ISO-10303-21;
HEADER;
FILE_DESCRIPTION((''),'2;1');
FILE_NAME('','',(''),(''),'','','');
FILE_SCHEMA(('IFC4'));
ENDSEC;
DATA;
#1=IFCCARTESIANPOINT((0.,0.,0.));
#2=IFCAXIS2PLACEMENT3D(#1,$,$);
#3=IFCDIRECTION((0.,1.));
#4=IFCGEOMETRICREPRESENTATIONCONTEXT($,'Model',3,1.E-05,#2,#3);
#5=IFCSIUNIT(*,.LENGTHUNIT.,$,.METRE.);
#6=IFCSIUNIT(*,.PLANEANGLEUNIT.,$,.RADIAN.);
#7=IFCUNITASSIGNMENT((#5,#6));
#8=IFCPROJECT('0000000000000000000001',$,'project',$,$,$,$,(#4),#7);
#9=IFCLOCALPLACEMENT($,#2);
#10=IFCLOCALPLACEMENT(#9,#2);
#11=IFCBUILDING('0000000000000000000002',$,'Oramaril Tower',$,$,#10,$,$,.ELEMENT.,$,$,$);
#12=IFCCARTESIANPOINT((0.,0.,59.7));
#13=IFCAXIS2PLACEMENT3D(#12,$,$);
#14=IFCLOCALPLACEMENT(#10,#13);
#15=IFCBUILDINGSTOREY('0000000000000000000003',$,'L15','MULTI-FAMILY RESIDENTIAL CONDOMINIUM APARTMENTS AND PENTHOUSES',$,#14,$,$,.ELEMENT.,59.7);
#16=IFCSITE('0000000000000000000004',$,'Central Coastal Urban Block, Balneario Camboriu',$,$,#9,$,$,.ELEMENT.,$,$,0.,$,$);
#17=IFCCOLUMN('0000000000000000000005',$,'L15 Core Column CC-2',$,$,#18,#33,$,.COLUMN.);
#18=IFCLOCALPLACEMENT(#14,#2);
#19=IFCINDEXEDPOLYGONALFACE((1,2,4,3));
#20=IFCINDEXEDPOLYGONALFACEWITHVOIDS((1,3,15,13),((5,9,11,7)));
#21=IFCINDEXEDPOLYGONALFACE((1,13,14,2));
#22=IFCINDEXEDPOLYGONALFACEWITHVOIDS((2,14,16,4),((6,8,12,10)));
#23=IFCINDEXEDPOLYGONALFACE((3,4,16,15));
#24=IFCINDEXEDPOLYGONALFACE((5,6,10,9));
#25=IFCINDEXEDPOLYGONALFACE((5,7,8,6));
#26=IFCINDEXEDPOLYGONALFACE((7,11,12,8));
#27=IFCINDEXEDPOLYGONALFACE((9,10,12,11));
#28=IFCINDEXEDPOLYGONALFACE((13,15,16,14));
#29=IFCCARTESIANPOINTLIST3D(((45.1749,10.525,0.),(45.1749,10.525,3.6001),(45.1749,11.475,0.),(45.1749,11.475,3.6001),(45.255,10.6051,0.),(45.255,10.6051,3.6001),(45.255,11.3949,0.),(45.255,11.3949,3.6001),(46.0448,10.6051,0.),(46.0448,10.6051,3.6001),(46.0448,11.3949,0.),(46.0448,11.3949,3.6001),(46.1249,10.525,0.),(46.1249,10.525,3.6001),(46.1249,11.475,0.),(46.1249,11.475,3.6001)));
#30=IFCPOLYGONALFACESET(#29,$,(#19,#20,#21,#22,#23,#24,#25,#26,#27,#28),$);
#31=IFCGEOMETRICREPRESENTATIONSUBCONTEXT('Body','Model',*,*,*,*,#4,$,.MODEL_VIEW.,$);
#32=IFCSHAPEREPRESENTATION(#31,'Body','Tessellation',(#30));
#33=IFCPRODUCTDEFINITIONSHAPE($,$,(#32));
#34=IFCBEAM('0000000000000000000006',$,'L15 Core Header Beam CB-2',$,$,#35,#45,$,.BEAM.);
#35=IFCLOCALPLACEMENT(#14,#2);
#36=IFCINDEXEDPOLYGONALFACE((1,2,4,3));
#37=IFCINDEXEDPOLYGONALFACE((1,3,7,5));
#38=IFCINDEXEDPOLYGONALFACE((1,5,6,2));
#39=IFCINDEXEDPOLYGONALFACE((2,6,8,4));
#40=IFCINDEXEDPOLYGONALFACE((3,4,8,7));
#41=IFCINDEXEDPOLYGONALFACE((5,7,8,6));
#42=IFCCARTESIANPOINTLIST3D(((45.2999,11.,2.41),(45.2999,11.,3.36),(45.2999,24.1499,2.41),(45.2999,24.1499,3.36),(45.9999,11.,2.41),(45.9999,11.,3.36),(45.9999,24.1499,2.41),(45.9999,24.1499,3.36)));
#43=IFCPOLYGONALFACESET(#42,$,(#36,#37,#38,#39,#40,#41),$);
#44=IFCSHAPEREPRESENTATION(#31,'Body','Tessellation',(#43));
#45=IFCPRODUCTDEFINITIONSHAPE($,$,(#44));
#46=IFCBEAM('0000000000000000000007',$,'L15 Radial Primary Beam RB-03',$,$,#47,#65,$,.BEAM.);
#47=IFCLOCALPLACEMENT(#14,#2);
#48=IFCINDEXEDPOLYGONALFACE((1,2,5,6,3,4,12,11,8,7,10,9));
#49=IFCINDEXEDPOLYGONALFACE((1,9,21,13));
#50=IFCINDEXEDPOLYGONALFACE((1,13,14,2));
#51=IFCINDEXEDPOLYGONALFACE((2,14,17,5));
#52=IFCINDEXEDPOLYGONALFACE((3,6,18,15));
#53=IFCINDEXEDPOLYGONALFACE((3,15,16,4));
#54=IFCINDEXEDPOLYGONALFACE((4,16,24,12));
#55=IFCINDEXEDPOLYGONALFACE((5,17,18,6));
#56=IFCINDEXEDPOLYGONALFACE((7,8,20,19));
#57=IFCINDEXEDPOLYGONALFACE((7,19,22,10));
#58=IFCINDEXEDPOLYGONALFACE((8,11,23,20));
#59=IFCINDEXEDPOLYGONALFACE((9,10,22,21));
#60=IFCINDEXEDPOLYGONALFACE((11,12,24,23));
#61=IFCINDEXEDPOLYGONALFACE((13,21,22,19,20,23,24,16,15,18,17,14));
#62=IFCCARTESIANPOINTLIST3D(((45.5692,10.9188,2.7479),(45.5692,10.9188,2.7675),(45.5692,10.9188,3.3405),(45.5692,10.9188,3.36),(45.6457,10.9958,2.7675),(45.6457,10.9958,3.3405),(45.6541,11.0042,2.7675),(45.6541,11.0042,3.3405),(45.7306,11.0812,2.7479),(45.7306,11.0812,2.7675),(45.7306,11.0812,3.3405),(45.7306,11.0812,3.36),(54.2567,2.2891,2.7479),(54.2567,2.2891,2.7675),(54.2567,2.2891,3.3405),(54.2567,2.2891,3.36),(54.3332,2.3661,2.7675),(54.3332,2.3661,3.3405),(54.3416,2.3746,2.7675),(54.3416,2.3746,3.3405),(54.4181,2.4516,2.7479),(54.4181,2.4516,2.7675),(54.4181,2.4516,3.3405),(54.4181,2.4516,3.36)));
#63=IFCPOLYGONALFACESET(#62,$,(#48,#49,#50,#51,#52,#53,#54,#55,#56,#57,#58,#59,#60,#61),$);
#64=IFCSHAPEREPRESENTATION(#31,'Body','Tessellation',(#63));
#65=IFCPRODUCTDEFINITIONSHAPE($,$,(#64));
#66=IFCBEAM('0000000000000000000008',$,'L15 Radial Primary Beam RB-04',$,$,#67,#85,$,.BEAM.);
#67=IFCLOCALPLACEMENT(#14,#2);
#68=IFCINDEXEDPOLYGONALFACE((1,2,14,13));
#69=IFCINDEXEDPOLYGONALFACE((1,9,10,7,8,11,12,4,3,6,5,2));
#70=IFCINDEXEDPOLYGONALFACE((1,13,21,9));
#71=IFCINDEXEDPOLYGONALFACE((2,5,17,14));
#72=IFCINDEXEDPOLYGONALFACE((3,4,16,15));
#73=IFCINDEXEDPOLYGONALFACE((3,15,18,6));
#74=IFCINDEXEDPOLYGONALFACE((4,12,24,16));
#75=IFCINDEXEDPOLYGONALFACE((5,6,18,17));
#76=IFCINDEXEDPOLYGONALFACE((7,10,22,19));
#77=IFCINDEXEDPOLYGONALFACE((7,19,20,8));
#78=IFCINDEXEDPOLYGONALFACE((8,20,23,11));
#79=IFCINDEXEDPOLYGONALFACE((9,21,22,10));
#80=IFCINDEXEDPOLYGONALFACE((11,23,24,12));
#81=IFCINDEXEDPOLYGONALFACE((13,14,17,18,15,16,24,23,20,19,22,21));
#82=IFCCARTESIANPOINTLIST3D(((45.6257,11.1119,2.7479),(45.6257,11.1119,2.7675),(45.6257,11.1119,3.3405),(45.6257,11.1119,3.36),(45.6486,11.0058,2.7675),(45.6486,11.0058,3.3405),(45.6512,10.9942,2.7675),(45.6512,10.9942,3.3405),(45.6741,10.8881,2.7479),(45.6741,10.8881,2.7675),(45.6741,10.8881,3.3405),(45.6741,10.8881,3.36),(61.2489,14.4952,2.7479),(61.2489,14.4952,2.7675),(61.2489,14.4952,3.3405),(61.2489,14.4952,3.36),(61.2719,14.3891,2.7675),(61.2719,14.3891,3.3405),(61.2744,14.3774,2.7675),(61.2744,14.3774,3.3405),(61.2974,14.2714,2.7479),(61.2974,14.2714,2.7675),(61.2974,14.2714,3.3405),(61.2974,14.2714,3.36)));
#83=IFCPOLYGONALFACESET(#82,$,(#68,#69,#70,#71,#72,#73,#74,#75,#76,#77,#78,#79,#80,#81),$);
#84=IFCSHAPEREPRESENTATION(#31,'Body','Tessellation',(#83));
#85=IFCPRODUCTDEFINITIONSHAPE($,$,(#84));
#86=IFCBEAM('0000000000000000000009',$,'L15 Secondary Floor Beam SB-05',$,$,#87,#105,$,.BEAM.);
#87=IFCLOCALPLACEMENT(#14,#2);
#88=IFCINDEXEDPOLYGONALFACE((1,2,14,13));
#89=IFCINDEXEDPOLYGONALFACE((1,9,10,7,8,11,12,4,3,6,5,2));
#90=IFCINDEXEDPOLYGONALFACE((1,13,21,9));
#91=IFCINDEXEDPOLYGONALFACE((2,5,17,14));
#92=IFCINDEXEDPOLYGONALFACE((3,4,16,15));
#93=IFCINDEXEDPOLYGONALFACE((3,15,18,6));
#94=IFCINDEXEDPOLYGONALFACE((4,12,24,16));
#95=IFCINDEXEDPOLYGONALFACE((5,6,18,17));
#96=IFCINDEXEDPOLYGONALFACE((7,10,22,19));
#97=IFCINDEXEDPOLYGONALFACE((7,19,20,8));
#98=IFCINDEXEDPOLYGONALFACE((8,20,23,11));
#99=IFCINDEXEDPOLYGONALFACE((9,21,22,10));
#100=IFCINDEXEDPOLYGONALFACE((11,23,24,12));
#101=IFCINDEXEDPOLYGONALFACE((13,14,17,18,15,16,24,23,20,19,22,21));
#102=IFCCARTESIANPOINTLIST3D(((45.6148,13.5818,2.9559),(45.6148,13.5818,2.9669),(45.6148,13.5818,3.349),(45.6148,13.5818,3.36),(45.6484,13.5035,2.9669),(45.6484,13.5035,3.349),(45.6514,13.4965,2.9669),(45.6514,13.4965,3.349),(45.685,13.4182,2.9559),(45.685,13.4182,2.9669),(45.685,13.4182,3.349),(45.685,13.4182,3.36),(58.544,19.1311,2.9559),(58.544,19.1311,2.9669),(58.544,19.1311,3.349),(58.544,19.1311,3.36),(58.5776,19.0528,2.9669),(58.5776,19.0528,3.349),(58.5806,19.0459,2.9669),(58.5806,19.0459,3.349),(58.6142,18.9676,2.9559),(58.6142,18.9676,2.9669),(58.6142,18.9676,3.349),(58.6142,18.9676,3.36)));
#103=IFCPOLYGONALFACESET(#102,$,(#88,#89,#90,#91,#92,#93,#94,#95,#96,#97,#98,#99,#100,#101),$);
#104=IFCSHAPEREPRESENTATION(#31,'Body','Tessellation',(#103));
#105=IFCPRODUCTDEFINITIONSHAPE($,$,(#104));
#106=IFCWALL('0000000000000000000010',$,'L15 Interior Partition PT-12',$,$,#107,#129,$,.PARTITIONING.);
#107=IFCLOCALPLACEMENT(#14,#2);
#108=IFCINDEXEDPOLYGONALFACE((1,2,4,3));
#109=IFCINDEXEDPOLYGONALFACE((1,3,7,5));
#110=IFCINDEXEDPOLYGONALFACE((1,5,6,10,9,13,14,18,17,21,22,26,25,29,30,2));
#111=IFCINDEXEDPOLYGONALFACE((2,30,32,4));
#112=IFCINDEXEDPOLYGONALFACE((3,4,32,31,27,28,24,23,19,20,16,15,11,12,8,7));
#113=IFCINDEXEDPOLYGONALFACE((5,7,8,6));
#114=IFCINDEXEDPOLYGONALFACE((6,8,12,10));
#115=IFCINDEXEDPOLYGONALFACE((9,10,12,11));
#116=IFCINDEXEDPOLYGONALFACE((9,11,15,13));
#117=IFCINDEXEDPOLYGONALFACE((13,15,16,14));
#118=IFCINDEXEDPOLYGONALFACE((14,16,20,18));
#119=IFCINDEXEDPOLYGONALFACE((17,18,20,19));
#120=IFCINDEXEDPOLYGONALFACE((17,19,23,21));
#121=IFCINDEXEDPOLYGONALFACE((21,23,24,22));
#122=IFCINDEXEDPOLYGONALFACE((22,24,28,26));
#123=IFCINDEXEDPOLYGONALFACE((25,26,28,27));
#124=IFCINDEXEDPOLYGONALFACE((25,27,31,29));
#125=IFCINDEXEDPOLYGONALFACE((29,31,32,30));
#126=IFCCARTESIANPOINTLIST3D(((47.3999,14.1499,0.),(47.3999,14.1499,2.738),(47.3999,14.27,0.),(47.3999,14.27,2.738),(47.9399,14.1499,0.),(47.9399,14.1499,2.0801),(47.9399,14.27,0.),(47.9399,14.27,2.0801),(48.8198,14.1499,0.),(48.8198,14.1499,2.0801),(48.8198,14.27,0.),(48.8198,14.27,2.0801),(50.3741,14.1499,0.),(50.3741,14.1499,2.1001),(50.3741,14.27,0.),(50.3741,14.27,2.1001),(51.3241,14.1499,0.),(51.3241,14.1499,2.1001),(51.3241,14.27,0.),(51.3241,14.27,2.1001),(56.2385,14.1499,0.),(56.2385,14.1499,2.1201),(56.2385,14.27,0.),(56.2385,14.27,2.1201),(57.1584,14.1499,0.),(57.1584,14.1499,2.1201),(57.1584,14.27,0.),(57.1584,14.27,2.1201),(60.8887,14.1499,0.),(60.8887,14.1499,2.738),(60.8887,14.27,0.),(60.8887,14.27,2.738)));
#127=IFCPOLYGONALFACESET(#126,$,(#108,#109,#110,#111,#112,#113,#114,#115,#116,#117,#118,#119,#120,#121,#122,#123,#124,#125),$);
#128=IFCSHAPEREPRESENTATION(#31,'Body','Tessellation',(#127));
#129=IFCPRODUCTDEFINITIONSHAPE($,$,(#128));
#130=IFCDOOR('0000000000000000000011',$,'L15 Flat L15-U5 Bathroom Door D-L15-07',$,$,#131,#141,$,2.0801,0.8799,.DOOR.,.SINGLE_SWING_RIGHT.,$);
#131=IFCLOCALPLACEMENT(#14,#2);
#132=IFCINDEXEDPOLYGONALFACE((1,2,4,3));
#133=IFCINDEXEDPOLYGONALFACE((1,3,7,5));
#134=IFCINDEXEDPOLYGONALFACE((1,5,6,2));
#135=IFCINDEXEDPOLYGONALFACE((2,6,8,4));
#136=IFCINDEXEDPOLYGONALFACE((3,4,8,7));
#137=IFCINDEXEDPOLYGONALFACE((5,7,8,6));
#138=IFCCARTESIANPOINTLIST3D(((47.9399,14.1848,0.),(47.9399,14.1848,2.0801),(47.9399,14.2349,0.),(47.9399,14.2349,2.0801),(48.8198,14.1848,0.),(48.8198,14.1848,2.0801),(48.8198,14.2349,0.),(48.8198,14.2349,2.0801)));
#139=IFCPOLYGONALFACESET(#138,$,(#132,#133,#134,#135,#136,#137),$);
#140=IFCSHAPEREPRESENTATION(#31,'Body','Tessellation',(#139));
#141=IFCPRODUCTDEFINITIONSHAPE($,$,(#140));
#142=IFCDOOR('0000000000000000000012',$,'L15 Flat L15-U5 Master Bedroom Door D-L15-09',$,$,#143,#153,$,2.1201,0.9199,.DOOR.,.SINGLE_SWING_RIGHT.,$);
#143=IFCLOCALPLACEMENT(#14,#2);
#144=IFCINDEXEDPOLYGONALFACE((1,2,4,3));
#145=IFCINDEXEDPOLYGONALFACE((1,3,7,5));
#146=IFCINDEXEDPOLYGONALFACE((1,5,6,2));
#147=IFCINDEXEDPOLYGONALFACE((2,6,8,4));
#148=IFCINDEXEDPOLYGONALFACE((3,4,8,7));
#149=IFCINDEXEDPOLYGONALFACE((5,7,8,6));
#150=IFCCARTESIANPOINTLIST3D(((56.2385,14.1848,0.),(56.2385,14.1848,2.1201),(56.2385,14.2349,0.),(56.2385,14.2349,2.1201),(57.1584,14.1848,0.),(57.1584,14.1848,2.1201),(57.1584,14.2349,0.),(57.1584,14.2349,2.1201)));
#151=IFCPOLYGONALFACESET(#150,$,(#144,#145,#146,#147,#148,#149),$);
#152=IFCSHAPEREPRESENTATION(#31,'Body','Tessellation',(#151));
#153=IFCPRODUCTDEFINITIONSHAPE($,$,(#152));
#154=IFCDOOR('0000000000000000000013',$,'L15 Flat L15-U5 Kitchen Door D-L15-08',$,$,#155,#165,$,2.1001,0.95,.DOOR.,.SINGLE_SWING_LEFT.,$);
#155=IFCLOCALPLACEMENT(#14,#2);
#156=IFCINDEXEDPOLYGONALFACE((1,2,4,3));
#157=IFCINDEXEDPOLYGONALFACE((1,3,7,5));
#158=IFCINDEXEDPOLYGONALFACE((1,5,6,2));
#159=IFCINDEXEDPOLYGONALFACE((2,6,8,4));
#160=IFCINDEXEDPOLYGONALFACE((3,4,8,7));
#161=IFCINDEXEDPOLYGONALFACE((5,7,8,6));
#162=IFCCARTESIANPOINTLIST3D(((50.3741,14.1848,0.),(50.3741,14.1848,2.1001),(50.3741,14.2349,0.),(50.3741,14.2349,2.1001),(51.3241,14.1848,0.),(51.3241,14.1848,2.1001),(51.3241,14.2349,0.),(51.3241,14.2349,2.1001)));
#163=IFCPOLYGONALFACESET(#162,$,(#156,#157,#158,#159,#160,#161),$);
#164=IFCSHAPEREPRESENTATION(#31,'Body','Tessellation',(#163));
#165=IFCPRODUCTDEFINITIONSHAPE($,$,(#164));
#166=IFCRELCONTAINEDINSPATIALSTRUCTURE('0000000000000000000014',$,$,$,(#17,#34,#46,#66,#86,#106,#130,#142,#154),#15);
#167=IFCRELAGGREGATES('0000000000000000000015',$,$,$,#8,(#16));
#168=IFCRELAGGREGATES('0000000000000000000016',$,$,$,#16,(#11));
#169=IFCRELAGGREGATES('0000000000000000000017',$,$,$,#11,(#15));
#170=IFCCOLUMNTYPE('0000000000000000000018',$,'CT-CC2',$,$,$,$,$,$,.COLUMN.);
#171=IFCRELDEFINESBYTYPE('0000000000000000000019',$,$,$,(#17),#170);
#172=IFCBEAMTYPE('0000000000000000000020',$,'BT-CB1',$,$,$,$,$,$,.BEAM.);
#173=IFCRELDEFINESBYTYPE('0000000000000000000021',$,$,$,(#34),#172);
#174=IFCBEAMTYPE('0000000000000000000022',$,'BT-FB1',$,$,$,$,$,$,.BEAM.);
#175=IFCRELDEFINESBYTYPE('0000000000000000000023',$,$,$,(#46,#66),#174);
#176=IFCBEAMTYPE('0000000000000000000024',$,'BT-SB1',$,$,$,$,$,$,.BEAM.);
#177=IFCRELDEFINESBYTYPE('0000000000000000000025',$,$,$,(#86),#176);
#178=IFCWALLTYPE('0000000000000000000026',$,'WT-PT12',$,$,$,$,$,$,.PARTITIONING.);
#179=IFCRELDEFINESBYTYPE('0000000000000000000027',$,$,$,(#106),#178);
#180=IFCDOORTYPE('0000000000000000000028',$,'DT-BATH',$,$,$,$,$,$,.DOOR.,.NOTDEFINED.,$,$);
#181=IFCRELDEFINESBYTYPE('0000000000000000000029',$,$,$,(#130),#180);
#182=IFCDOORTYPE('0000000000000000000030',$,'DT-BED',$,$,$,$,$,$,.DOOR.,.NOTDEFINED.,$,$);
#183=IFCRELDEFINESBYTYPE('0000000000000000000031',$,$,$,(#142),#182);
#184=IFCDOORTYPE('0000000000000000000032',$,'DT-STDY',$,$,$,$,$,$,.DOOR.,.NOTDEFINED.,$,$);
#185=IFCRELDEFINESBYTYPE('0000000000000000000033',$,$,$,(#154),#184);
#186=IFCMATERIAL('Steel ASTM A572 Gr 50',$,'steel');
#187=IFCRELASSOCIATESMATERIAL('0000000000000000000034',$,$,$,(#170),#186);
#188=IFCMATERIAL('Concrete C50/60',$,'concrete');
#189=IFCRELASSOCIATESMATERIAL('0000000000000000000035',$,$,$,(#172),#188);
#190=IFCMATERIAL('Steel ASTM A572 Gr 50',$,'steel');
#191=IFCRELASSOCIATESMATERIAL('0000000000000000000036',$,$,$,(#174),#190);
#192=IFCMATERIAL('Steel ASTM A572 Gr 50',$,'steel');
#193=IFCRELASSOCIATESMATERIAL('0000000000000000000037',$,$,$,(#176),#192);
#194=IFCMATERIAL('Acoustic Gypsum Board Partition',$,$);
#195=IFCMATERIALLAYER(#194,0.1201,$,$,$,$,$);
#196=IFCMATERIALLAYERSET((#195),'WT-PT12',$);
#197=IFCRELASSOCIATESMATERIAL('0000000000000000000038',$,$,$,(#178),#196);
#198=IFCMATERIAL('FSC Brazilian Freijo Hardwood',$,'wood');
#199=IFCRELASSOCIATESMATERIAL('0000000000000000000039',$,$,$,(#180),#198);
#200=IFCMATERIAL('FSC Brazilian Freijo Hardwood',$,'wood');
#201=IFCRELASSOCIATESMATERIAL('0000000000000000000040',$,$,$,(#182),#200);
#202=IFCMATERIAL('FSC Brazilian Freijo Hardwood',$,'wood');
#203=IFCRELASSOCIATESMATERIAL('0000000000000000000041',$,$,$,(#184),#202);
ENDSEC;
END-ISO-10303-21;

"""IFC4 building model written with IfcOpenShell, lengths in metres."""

from ifc_helpers import new_model, si_unit, direction, frame, frame_2d, origin, origin_2d, place, context, subcontext, project, spatial, rectangle, hollow_rectangle, i_section, extrude, material, layer, layer_set, material_profile, profile_set, type_object, element, fill, save


model = new_model("IFC4")

# Units and contexts
model_context = context("Model", 3, precision=1e-05, world=origin(), true_north=direction((0.0, 1.0)))
body_context = subcontext(model_context, "Body", "Model", "MODEL_VIEW")
ifc_project = project(units=[si_unit("LENGTHUNIT", "METRE"), si_unit("PLANEANGLEUNIT", "RADIAN")], contexts=[model_context])

# Site, building, storey
site_placement = place(None, origin())
site = spatial("IfcSite", under=ifc_project, at=site_placement, Name="Central Coastal Urban Block, Balneario Camboriu", CompositionType="ELEMENT", RefElevation=0.0)
building_placement = place(site_placement, origin())
building = spatial("IfcBuilding", under=site, at=building_placement, Name="Oramaril Tower", CompositionType="ELEMENT")
storey_placement = place(building_placement, frame((0.0, 0.0, 59.7)))
storey = spatial("IfcBuildingStorey", under=building, at=storey_placement, Name="L15", Description="MULTI-FAMILY RESIDENTIAL CONDOMINIUM APARTMENTS AND PENTHOUSES", CompositionType="ELEMENT", Elevation=59.7)

# Column
ifc_material_1 = material(Name="Steel ASTM A572 Gr 50", Category="steel")
ifc_material_profile_1 = material_profile(ifc_material_1, hollow_rectangle(XDim=0.95, YDim=0.95, WallThickness=0.0801, at=origin_2d()), Name="BOX950X950X80")
ifc_profile_set_1 = profile_set([ifc_material_profile_1], Name="Steel ASTM A572 Gr 50")
column_type = type_object("IfcColumnType", Name="CT-CC2", PredefinedType="COLUMN", material=ifc_profile_set_1)
column_placement = place(storey_placement, frame((45.6499, 11.0, 0.0), z_axis=(0.0, 0.0, 1.0), x_axis=(1.0, 0.0, 0.0)))
element("IfcColumn", 1, at=column_placement, inside=storey, type_object=column_type, Name="L15 Core Column CC-2", PredefinedType="COLUMN", context=body_context, shape_type="SweptSolid", body=[
    extrude(hollow_rectangle(XDim=0.95, YDim=0.95, WallThickness=0.0801, at=origin_2d()), origin(), (0.0, 0.0, 1.0), 3.6001),
])

# Beams
ifc_material_2 = material(Name="Concrete C50/60", Category="concrete")
ifc_material_profile_2 = material_profile(ifc_material_2, rectangle(XDim=0.7, YDim=0.95, at=origin_2d()), Name="CB700X950")
ifc_profile_set_2 = profile_set([ifc_material_profile_2], Name="Concrete C50/60")
beam_type_1 = type_object("IfcBeamType", Name="BT-CB1", PredefinedType="BEAM", material=ifc_profile_set_2)
beam_1_placement = place(storey_placement, frame((45.6499, 11.0, 2.885), z_axis=(0.0, 1.0, 0.0), x_axis=(-1.0, 0.0, 0.0)))
element("IfcBeam", 2, at=beam_1_placement, inside=storey, type_object=beam_type_1, Name="L15 Core Header Beam CB-2", PredefinedType="BEAM", context=body_context, shape_type="SweptSolid", body=[
    extrude(rectangle(XDim=0.7, YDim=0.95, at=origin_2d()), origin(), (0.0, 0.0, 1.0), 13.1499),
])
ifc_material_3 = material(Name="Steel ASTM A572 Gr 50", Category="steel")
ifc_material_profile_3 = material_profile(ifc_material_3, i_section(OverallWidth=0.229, OverallDepth=0.6121, WebThickness=0.012, FlangeThickness=0.0195, at=origin_2d()), Name="W24X84")
ifc_profile_set_3 = profile_set([ifc_material_profile_3], Name="Steel ASTM A572 Gr 50")
beam_type_2 = type_object("IfcBeamType", Name="BT-FB1", PredefinedType="BEAM", material=ifc_profile_set_3)
beam_2_placement = place(storey_placement, frame((45.6499, 11.0, 3.054), z_axis=(0.709465, -0.70474, 0.0), x_axis=(0.70474, 0.709465, 0.0)))
element("IfcBeam", 3, at=beam_2_placement, inside=storey, type_object=beam_type_2, Name="L15 Radial Primary Beam RB-03", PredefinedType="BEAM", context=body_context, shape_type="SweptSolid", body=[
    extrude(i_section(OverallWidth=0.229, OverallDepth=0.6121, WebThickness=0.012, FlangeThickness=0.0195, at=origin_2d()), origin(), (0.0, 0.0, 1.0), 12.2451),
])
beam_3_placement = place(storey_placement, frame((45.6499, 11.0, 3.054), z_axis=(0.977346, 0.211649, 0.0), x_axis=(-0.211649, 0.977346, 0.0)))
element("IfcBeam", 4, at=beam_3_placement, inside=storey, type_object=beam_type_2, Name="L15 Radial Primary Beam RB-04", PredefinedType="BEAM", context=body_context, shape_type="SweptSolid", body=[
    extrude(i_section(OverallWidth=0.229, OverallDepth=0.6121, WebThickness=0.012, FlangeThickness=0.0195, at=origin_2d()), origin(), (0.0, 0.0, 1.0), 15.9854),
])
ifc_material_4 = material(Name="Steel ASTM A572 Gr 50", Category="steel")
ifc_material_profile_4 = material_profile(ifc_material_4, i_section(OverallWidth=0.178, OverallDepth=0.4041, WebThickness=0.0076, FlangeThickness=0.011, at=origin_2d()), Name="W16X36")
ifc_profile_set_4 = profile_set([ifc_material_profile_4], Name="Steel ASTM A572 Gr 50")
beam_type_3 = type_object("IfcBeamType", Name="BT-SB1", PredefinedType="BEAM", material=ifc_profile_set_4)
beam_4_placement = place(storey_placement, frame((45.6499, 13.5, 3.158), z_axis=(0.918933, 0.394413, 0.0), x_axis=(-0.394413, 0.918933, 0.0)))
element("IfcBeam", 5, at=beam_4_placement, inside=storey, type_object=beam_type_3, Name="L15 Secondary Floor Beam SB-05", PredefinedType="BEAM", context=body_context, shape_type="SweptSolid", body=[
    extrude(i_section(OverallWidth=0.178, OverallDepth=0.4041, WebThickness=0.0076, FlangeThickness=0.011, at=origin_2d()), origin(), (0.0, 0.0, 1.0), 14.0698),
])

# Wall, openings, doors
ifc_material_5 = material(Name="Acoustic Gypsum Board Partition")
ifc_layer_1 = layer(ifc_material_5, 0.1201)
ifc_layer_set_1 = layer_set([ifc_layer_1], Name="WT-PT12")
wall_type_1 = type_object("IfcWallType", Name="WT-PT12", PredefinedType="PARTITIONING", material=ifc_layer_set_1)
wall_1_placement = place(storey_placement, frame((47.3999, 14.21, 0.0), z_axis=(0.0, 0.0, 1.0), x_axis=(1.0, 0.0, 0.0)))
wall_1 = element("IfcWall", 6, at=wall_1_placement, inside=storey, type_object=wall_type_1, Name="L15 Interior Partition PT-12", PredefinedType="PARTITIONING", context=body_context, shape_type="SweptSolid", body=[
    extrude(rectangle(XDim=13.4888, YDim=0.1201, at=frame_2d((6.7444, 0.0))), origin(), (0.0, 0.0, 1.0), 2.738),
])
opening_1_placement = place(wall_1_placement, frame((0.54, 0.0, 0.0)))
opening_1 = element("IfcOpeningElement", 7, at=opening_1_placement, cuts=wall_1, PredefinedType="OPENING", context=body_context, shape_type="SweptSolid", body=[
    extrude(rectangle(XDim=0.8799, YDim=2.0801, at=frame_2d((0.4399, 1.04))), frame((0.0, 0.0601, 0.0), z_axis=(0.0, -1.0, 0.0), x_axis=(1.0, 0.0, 0.0)), (0.0, 0.0, 1.0), 0.1201),
])
opening_2_placement = place(wall_1_placement, frame((2.9741, 0.0, 0.0)))
opening_2 = element("IfcOpeningElement", 8, at=opening_2_placement, cuts=wall_1, PredefinedType="OPENING", context=body_context, shape_type="SweptSolid", body=[
    extrude(rectangle(XDim=0.95, YDim=2.1001, at=frame_2d((0.4751, 1.05))), frame((0.0, 0.0601, 0.0), z_axis=(0.0, -1.0, 0.0), x_axis=(1.0, 0.0, 0.0)), (0.0, 0.0, 1.0), 0.1201),
])
opening_3_placement = place(wall_1_placement, frame((8.8386, 0.0, 0.0)))
opening_3 = element("IfcOpeningElement", 9, at=opening_3_placement, cuts=wall_1, PredefinedType="OPENING", context=body_context, shape_type="SweptSolid", body=[
    extrude(rectangle(XDim=0.9199, YDim=2.1201, at=frame_2d((0.46, 1.0601))), frame((0.0, 0.0601, 0.0), z_axis=(0.0, -1.0, 0.0), x_axis=(1.0, 0.0, 0.0)), (0.0, 0.0, 1.0), 0.1201),
])
ifc_material_6 = material(Name="FSC Brazilian Freijo Hardwood", Category="wood")
door_type_1 = type_object("IfcDoorType", Name="DT-BATH", OperationType="NOTDEFINED", PredefinedType="DOOR", material=ifc_material_6)
door_1_placement = place(opening_1_placement, origin())
door_1 = element("IfcDoor", 10, at=door_1_placement, inside=storey, type_object=door_type_1, Name="L15 Flat L15-U5 Bathroom Door D-L15-07", OperationType="SINGLE_SWING_RIGHT", OverallHeight=2.0801, OverallWidth=0.8799, PredefinedType="DOOR", context=body_context, shape_type="SweptSolid", body=[
    extrude(rectangle(XDim=0.8799, YDim=2.0801, at=frame_2d((0.4399, 1.04))), frame((0.0, 0.0249, 0.0), z_axis=(0.0, -1.0, 0.0), x_axis=(1.0, 0.0, 0.0)), (0.0, 0.0, 1.0), 0.05),
])
fill(opening_1, door_1)
ifc_material_7 = material(Name="FSC Brazilian Freijo Hardwood", Category="wood")
door_type_2 = type_object("IfcDoorType", Name="DT-BED", OperationType="NOTDEFINED", PredefinedType="DOOR", material=ifc_material_7)
door_2_placement = place(opening_3_placement, origin())
door_2 = element("IfcDoor", 11, at=door_2_placement, inside=storey, type_object=door_type_2, Name="L15 Flat L15-U5 Master Bedroom Door D-L15-09", OperationType="SINGLE_SWING_RIGHT", OverallHeight=2.1201, OverallWidth=0.9199, PredefinedType="DOOR", context=body_context, shape_type="SweptSolid", body=[
    extrude(rectangle(XDim=0.9199, YDim=2.1201, at=frame_2d((0.46, 1.0601))), frame((0.0, 0.0249, 0.0), z_axis=(0.0, -1.0, 0.0), x_axis=(1.0, 0.0, 0.0)), (0.0, 0.0, 1.0), 0.05),
])
fill(opening_3, door_2)
ifc_material_8 = material(Name="FSC Brazilian Freijo Hardwood", Category="wood")
door_type_3 = type_object("IfcDoorType", Name="DT-STDY", OperationType="NOTDEFINED", PredefinedType="DOOR", material=ifc_material_8)
door_3_placement = place(opening_2_placement, origin())
door_3 = element("IfcDoor", 12, at=door_3_placement, inside=storey, type_object=door_type_3, Name="L15 Flat L15-U5 Kitchen Door D-L15-08", OperationType="SINGLE_SWING_LEFT", OverallHeight=2.1001, OverallWidth=0.95, PredefinedType="DOOR", context=body_context, shape_type="SweptSolid", body=[
    extrude(rectangle(XDim=0.95, YDim=2.1001, at=frame_2d((0.4751, 1.05))), frame((0.0, 0.0249, 0.0), z_axis=(0.0, -1.0, 0.0), x_axis=(1.0, 0.0, 0.0)), (0.0, 0.0, 1.0), 0.05),
])
fill(opening_2, door_3)

save(model, "model.ifc")
